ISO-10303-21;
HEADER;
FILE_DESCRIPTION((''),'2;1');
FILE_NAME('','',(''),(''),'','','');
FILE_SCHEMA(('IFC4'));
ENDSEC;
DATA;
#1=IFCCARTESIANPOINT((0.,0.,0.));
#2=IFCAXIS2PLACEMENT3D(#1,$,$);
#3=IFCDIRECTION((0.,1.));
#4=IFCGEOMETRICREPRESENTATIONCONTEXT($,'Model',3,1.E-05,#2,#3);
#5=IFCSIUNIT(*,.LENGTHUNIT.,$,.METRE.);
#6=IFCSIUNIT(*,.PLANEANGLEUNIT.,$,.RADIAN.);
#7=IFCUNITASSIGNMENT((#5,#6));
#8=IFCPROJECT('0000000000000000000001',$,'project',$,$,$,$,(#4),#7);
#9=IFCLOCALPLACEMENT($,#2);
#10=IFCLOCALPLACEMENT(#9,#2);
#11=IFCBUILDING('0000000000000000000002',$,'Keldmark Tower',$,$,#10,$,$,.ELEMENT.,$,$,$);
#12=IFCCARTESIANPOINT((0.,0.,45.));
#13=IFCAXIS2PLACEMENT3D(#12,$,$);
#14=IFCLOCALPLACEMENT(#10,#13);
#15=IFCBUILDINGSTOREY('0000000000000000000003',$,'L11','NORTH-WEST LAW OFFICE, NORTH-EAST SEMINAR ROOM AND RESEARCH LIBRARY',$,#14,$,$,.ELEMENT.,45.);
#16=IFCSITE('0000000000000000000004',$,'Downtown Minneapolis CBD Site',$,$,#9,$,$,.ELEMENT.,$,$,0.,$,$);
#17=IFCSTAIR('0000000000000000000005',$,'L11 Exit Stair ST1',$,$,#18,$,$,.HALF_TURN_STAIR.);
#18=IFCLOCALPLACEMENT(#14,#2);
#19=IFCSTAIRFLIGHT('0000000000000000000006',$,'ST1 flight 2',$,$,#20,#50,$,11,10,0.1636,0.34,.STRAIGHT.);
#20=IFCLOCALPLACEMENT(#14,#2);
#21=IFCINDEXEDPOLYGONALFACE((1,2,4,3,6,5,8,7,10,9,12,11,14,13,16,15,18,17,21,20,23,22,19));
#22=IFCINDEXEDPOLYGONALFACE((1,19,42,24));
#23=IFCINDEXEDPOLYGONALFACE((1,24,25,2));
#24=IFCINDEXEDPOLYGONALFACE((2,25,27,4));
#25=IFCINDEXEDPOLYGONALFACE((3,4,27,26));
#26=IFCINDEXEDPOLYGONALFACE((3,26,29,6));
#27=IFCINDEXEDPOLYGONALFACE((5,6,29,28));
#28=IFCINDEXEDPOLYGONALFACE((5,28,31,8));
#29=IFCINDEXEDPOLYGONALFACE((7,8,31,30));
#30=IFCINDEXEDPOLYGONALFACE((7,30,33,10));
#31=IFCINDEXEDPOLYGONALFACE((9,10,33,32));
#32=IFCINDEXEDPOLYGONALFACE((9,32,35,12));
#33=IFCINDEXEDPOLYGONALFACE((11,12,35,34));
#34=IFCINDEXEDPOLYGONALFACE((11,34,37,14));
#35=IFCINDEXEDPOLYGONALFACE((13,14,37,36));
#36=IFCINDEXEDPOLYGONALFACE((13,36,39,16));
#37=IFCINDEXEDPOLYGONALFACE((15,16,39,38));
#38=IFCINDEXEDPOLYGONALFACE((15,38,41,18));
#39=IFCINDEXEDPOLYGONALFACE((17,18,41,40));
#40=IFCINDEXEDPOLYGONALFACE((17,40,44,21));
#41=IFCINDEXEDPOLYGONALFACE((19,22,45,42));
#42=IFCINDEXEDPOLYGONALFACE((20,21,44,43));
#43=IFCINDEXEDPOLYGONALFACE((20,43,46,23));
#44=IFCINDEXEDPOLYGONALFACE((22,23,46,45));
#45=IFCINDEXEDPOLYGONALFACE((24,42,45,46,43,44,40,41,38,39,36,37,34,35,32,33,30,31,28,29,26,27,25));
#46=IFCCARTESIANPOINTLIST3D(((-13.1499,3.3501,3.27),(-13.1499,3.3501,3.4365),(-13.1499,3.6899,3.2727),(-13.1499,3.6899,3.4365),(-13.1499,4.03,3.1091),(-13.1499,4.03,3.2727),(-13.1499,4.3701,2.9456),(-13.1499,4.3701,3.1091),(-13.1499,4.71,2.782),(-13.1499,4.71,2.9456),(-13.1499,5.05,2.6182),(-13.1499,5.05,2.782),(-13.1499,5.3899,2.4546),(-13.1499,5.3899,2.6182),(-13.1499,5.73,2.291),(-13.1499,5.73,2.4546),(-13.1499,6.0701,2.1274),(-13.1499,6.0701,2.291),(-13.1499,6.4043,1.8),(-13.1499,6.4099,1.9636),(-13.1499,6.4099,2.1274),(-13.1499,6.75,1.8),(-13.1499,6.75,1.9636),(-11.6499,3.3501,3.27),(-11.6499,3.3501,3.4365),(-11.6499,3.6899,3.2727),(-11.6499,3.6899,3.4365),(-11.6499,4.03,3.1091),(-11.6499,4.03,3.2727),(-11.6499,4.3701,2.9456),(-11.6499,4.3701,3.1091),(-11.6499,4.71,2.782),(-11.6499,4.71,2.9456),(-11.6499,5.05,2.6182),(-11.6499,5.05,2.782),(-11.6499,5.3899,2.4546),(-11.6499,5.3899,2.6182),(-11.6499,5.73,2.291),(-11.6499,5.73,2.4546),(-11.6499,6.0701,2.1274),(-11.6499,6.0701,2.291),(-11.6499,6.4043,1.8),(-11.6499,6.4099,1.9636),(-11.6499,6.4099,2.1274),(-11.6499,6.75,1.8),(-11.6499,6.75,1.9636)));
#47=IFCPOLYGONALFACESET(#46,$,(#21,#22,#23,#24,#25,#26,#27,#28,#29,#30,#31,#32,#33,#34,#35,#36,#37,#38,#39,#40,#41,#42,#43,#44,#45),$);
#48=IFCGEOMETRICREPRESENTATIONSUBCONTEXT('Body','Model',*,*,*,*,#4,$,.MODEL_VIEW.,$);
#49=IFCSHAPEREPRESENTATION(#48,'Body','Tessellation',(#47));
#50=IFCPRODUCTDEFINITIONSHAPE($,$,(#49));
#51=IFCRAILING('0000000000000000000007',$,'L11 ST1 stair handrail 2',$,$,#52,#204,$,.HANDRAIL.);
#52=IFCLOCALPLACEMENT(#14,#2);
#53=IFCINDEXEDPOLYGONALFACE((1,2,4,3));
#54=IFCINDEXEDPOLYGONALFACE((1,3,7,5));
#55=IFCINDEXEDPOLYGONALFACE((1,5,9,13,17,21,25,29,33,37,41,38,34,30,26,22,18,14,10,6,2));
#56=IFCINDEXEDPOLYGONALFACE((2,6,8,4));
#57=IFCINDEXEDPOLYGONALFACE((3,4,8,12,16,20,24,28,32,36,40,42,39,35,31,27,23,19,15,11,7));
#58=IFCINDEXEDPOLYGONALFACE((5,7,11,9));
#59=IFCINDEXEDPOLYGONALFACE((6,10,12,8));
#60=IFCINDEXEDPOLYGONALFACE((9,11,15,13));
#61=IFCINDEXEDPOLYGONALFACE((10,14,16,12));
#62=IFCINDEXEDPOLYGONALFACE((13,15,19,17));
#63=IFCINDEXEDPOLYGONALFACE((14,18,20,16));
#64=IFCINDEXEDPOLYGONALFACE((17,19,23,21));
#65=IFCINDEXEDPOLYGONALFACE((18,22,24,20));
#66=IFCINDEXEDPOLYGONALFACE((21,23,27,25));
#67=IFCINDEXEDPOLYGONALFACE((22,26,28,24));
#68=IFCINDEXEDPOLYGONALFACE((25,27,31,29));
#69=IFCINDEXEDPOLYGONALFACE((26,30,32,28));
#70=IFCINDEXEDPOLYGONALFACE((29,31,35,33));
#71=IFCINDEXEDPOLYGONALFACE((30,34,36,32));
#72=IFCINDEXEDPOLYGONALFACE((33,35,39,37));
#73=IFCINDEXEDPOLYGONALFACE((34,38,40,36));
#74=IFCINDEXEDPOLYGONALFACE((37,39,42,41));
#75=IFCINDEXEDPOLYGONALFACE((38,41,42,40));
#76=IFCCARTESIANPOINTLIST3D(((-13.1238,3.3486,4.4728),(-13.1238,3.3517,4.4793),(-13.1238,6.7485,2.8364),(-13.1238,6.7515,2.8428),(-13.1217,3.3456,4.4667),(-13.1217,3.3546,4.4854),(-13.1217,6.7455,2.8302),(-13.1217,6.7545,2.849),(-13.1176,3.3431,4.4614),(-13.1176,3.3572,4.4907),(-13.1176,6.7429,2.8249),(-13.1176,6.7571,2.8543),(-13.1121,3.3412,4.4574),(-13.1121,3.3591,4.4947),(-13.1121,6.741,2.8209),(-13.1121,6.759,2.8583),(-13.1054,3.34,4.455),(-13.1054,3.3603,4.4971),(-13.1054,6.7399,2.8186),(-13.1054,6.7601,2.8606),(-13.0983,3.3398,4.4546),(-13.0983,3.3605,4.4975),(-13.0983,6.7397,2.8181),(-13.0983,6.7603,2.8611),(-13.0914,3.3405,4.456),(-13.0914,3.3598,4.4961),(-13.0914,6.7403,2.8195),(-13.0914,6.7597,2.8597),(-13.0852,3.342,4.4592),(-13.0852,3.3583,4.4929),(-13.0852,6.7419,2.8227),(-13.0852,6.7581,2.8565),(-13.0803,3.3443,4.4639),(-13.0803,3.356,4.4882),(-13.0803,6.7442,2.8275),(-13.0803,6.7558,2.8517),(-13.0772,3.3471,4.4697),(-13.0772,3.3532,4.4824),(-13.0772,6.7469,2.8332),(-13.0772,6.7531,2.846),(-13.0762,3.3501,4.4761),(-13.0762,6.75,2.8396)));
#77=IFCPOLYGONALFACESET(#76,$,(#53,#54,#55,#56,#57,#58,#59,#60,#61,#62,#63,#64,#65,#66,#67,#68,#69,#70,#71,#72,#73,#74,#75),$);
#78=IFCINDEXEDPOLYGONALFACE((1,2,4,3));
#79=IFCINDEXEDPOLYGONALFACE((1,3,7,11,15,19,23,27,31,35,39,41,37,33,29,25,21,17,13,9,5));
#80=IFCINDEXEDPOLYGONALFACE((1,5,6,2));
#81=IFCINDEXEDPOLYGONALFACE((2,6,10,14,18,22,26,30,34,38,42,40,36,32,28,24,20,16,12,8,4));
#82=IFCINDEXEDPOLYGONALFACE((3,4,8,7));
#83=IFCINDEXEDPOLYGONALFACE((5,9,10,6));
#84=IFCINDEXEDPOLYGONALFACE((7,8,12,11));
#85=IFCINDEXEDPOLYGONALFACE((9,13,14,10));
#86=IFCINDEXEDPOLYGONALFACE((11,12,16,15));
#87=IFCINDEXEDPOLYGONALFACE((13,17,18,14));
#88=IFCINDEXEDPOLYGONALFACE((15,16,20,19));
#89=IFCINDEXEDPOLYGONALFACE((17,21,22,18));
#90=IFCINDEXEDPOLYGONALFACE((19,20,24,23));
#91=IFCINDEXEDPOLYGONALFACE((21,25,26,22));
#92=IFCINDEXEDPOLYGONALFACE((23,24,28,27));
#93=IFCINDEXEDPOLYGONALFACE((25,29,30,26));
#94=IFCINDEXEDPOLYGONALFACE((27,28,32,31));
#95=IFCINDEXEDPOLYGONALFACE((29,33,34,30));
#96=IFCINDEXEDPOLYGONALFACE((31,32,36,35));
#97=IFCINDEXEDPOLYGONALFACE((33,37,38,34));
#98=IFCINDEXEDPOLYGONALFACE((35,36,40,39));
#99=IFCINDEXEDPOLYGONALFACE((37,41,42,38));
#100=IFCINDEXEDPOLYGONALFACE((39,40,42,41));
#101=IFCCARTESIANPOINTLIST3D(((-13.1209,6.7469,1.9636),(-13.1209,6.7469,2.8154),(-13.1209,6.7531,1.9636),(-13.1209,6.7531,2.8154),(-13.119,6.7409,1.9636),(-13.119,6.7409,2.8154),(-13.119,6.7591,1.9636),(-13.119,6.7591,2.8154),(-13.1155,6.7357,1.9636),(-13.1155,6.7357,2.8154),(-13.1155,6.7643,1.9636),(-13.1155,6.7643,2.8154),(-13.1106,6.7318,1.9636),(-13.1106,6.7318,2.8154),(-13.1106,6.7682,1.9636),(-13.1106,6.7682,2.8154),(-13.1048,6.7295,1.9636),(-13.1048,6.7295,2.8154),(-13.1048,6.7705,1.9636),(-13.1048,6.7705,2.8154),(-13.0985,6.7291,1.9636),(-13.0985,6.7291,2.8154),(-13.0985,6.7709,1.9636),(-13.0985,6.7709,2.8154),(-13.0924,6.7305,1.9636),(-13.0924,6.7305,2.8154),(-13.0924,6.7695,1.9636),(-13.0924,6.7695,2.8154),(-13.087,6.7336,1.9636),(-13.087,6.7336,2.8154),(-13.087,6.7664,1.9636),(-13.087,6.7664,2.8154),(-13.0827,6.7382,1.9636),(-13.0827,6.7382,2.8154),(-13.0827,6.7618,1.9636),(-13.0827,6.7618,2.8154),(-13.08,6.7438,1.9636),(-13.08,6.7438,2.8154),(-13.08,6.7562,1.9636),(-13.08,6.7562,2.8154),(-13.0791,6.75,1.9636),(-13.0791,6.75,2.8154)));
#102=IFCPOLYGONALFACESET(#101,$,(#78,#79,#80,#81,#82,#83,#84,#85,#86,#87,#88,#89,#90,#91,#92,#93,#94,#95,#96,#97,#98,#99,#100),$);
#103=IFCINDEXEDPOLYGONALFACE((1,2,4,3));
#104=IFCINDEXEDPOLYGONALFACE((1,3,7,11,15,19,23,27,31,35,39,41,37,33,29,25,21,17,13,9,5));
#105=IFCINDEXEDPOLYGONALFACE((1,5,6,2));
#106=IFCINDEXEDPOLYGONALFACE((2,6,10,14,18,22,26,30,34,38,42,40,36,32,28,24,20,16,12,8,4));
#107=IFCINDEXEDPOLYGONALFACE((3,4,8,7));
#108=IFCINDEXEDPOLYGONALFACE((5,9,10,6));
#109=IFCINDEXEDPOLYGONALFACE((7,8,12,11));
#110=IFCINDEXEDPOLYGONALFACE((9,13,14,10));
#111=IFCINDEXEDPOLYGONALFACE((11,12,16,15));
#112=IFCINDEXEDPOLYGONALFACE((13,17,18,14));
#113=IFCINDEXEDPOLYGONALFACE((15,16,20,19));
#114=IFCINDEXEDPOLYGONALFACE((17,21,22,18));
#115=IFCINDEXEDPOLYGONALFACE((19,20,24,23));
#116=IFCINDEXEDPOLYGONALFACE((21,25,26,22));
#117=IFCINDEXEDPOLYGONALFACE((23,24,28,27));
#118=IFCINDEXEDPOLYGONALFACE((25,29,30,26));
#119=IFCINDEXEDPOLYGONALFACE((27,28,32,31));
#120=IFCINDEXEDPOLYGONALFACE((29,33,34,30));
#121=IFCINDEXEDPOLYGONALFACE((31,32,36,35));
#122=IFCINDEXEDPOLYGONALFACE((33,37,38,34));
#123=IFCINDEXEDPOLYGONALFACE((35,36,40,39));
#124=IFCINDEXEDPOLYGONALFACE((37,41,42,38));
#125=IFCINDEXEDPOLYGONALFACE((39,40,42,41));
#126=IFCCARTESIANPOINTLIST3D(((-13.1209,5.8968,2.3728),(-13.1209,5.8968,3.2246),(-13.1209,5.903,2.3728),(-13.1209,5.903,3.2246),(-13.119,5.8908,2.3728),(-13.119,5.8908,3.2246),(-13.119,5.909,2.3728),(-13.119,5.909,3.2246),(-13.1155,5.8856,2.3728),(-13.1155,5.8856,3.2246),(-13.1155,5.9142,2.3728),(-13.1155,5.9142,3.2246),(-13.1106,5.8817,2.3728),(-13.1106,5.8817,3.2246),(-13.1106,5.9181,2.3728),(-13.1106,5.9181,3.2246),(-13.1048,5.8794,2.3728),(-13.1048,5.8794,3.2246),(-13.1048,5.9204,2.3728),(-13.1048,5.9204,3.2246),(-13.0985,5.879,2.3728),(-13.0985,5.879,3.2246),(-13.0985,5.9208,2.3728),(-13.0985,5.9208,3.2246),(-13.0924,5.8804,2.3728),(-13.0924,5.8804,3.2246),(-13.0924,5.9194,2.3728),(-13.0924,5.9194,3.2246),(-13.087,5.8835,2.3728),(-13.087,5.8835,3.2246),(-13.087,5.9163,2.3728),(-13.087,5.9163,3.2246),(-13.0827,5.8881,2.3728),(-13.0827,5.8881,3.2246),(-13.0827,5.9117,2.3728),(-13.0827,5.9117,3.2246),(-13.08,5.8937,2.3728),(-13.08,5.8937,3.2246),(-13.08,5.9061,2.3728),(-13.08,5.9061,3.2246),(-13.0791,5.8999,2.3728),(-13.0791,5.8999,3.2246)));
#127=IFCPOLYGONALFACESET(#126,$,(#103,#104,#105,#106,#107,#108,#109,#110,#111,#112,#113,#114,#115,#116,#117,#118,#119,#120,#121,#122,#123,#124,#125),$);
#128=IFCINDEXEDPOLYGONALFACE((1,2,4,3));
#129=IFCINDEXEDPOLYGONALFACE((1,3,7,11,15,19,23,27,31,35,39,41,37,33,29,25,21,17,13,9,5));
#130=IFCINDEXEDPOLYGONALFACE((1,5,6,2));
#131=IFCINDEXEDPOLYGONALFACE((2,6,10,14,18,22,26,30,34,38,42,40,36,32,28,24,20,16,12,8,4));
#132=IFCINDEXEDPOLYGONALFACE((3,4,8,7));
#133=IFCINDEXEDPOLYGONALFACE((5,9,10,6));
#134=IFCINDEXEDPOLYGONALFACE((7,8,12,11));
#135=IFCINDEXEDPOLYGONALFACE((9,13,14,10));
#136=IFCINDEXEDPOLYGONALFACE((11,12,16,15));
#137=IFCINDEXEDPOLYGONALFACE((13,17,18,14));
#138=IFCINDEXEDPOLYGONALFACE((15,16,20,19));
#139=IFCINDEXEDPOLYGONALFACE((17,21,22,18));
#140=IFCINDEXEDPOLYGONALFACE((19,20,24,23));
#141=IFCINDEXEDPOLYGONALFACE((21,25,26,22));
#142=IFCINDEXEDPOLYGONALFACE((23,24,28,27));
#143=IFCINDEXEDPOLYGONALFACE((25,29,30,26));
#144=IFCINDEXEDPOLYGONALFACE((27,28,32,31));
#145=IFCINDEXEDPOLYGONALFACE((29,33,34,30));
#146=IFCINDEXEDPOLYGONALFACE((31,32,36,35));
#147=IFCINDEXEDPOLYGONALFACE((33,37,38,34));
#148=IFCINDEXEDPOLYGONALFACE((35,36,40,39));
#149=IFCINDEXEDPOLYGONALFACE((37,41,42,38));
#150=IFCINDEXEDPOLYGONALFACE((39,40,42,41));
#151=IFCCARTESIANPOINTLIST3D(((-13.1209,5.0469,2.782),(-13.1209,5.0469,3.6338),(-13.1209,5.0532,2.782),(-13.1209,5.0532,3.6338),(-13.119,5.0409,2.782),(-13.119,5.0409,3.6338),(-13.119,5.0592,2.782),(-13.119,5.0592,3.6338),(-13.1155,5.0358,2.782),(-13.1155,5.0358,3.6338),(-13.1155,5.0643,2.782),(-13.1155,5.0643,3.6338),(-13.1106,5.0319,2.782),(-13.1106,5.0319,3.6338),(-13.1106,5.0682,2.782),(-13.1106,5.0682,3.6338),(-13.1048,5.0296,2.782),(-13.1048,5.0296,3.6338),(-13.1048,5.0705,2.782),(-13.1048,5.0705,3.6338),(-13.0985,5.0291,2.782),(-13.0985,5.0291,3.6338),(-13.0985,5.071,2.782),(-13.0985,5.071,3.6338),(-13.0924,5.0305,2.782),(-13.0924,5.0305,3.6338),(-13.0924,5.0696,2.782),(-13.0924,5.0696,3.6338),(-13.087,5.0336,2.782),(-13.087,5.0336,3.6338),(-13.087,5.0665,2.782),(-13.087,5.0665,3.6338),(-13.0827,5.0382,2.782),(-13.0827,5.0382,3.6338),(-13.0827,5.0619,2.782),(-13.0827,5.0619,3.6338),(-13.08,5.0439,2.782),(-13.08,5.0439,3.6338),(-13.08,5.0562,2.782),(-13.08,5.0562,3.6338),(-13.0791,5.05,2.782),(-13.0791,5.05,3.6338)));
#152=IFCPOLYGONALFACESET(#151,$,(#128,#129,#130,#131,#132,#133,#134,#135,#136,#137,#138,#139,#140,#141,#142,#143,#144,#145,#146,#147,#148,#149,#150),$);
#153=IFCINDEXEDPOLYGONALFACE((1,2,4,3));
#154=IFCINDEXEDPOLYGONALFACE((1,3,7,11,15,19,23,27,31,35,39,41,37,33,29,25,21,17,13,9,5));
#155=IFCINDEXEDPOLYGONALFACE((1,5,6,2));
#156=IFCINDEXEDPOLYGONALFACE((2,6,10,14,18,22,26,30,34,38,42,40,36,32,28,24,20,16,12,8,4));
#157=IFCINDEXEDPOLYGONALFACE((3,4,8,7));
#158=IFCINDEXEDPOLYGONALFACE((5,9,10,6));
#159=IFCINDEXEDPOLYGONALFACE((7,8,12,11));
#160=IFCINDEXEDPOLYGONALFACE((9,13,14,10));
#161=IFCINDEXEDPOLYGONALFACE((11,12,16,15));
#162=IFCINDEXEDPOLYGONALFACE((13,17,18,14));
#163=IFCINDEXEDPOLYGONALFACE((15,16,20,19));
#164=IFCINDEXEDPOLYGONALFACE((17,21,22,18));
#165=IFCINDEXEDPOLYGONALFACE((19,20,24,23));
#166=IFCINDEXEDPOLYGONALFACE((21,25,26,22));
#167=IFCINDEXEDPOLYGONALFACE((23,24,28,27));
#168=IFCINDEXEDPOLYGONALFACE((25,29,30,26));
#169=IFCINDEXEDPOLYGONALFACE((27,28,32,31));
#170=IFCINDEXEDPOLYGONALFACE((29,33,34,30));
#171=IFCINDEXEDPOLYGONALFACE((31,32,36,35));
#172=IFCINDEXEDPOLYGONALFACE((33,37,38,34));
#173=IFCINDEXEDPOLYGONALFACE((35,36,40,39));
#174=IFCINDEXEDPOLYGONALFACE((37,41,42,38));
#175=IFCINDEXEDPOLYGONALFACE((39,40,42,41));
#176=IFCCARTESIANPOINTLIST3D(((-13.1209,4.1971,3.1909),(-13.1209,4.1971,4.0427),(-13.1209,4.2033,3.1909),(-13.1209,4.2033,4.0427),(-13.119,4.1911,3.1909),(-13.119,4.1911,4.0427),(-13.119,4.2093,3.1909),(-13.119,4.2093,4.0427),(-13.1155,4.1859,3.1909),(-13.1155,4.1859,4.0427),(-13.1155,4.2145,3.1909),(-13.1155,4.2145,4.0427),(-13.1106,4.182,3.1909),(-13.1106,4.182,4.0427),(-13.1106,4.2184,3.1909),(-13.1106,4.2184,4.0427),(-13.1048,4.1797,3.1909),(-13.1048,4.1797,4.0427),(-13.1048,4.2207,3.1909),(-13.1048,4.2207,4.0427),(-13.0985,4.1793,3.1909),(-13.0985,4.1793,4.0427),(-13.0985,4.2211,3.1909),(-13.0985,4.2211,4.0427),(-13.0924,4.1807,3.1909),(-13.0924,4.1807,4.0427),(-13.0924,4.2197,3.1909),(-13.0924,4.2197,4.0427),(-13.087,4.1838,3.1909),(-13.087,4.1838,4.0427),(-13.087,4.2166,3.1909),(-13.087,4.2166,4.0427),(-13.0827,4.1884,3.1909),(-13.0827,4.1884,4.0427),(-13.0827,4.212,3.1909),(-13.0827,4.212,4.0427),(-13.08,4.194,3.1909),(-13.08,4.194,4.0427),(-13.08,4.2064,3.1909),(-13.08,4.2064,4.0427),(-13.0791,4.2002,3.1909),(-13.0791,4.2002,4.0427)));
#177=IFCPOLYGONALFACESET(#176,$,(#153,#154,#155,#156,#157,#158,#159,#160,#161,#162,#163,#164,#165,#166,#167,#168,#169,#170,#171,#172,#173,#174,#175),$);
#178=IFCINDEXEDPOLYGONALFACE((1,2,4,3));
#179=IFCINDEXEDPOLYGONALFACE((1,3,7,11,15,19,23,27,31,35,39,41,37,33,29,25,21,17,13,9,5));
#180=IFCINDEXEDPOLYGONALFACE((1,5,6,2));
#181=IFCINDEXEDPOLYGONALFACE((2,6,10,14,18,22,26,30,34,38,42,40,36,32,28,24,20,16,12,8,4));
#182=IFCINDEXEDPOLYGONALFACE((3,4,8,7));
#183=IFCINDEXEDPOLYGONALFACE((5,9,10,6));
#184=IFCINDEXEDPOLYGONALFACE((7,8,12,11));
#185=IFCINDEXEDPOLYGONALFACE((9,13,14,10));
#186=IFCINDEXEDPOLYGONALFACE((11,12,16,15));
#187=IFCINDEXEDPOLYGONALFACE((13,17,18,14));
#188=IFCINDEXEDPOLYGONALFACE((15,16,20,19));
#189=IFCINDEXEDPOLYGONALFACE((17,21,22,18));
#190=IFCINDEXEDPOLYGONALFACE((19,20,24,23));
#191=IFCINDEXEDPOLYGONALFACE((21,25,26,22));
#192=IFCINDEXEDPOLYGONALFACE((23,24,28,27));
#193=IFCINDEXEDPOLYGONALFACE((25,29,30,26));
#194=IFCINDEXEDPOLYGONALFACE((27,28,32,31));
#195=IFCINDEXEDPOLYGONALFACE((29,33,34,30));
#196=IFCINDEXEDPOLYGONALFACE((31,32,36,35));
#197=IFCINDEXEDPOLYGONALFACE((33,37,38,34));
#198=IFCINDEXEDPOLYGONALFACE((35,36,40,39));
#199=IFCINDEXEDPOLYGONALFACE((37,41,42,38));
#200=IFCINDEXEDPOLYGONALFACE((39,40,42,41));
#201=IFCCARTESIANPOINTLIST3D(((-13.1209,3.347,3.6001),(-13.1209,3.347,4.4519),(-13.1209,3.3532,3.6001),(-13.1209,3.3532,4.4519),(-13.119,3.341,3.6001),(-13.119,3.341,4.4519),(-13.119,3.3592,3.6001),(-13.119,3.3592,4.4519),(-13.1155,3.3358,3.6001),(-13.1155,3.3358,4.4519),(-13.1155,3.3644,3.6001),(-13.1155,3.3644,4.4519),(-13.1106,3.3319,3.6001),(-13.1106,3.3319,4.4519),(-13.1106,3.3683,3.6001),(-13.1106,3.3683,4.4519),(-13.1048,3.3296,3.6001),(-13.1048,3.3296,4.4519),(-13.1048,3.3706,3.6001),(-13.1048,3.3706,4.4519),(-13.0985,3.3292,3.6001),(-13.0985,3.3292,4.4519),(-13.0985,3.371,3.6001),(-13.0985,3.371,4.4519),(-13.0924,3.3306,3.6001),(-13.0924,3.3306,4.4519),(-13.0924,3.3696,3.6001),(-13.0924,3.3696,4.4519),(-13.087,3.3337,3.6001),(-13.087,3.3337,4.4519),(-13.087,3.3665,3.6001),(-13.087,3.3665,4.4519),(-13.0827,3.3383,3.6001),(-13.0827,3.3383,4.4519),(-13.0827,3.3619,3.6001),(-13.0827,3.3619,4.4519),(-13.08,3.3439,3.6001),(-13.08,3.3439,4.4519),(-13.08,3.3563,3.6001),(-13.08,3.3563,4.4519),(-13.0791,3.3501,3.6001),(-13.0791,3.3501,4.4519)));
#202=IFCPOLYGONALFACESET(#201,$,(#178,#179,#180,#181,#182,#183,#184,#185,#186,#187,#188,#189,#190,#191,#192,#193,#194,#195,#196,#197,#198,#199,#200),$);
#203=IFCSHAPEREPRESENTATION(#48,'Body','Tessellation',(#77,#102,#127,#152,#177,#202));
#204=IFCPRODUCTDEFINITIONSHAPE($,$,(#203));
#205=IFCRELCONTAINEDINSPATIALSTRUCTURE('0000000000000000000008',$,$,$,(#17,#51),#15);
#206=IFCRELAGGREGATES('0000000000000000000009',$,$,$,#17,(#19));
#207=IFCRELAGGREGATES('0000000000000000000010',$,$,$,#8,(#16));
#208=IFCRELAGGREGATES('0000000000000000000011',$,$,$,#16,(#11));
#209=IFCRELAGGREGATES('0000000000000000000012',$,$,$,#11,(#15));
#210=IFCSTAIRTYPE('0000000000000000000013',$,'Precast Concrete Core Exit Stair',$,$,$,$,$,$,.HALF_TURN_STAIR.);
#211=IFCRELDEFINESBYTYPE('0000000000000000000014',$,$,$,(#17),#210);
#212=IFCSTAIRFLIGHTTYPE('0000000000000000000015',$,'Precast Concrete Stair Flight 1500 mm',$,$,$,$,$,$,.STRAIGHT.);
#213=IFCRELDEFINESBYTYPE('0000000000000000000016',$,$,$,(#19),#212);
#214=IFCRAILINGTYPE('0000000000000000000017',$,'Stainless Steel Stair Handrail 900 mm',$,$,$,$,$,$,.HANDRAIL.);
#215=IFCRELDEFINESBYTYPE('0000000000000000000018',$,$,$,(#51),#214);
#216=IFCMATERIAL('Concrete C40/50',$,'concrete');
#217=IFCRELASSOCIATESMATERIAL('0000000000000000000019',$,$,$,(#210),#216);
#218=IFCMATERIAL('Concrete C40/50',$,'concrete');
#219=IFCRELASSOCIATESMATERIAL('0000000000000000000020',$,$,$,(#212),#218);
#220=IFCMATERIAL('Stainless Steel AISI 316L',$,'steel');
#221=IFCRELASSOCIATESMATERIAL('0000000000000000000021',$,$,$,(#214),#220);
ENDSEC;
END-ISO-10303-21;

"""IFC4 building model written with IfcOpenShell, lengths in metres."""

from ifc_helpers import new_model, si_unit, direction, frame, origin, origin_2d, place, context, subcontext, project, spatial, polyline, circle, outline, extrude, material, type_object, element, aggregate, save


model = new_model("IFC4")

# Units and contexts
model_context = context("Model", 3, precision=1e-05, world=origin(), true_north=direction((0.0, 1.0)))
body_context = subcontext(model_context, "Body", "Model", "MODEL_VIEW")
ifc_project = project(units=[si_unit("LENGTHUNIT", "METRE"), si_unit("PLANEANGLEUNIT", "RADIAN")], contexts=[model_context])

# Site, building, storey
site_placement = place(None, origin())
site = spatial("IfcSite", under=ifc_project, at=site_placement, Name="Downtown Minneapolis CBD Site", CompositionType="ELEMENT", RefElevation=0.0)
building_placement = place(site_placement, origin())
building = spatial("IfcBuilding", under=site, at=building_placement, Name="Keldmark Tower", CompositionType="ELEMENT")
storey_placement = place(building_placement, frame((0.0, 0.0, 45.0)))
storey = spatial("IfcBuildingStorey", under=building, at=storey_placement, Name="L11", Description="NORTH-WEST LAW OFFICE, NORTH-EAST SEMINAR ROOM AND RESEARCH LIBRARY", CompositionType="ELEMENT", Elevation=45.0)

# Stair, stair flight
ifc_material_1 = material(Name="Concrete C40/50", Category="concrete")
stair_type = type_object("IfcStairType", Name="Precast Concrete Core Exit Stair", PredefinedType="HALF_TURN_STAIR", material=ifc_material_1)
stair_placement = place(storey_placement, origin())
stair = element("IfcStair", 1, at=stair_placement, inside=storey, type_object=stair_type, Name="L11 Exit Stair ST1", PredefinedType="HALF_TURN_STAIR")
ifc_material_2 = material(Name="Concrete C40/50", Category="concrete")
stair_flight_type = type_object("IfcStairFlightType", Name="Precast Concrete Stair Flight 1500 mm", PredefinedType="STRAIGHT", material=ifc_material_2)
stair_flight_placement = place(storey_placement, frame((-12.3999, 6.75, 1.8), z_axis=(0.0, 0.0, 1.0), x_axis=(0.0, -1.0, 0.0)))
stair_flight = element("IfcStairFlight", 2, at=stair_flight_placement, type_object=stair_flight_type, Name="ST1 flight 2", NumberOfRisers=11, NumberOfTreads=10, PredefinedType="STRAIGHT", RiserHeight=0.1636, TreadLength=0.34, context=body_context, shape_type="SweptSolid", body=[
    extrude(outline(polyline([(0.0, 0.0), (0.0, 0.1636), (0.3401, 0.1636), (0.3401, 0.3274), (0.6799, 0.3274), (0.6799, 0.491), (1.02, 0.491), (1.02, 0.6545), (1.3601, 0.6545), (1.3601, 0.8181), (1.7, 0.8181), (1.7, 0.9819), (2.04, 0.9819), (2.04, 1.1455), (2.3799, 1.1455), (2.3799, 1.3091), (2.72, 1.3091), (2.72, 1.4727), (3.0601, 1.4727), (3.0601, 1.6365), (3.3999, 1.6365), (3.3999, 1.8), (3.3999, 1.47), (0.3457, 0.0), (0.0, 0.0)])), frame((0.0, 0.75, 0.0), z_axis=(0.0, -1.0, 0.0), x_axis=(1.0, 0.0, 0.0)), (0.0, 0.0, 1.0), 1.5),
])
aggregate(stair, [stair_flight])

# Railing
ifc_material_3 = material(Name="Stainless Steel AISI 316L", Category="steel")
railing_type = type_object("IfcRailingType", Name="Stainless Steel Stair Handrail 900 mm", PredefinedType="HANDRAIL", material=ifc_material_3)
railing_placement = place(storey_placement, frame((-13.1001, 6.75, 1.9636)))
element("IfcRailing", 3, at=railing_placement, inside=storey, type_object=railing_type, Name="L11 ST1 stair handrail 2", PredefinedType="HANDRAIL", context=body_context, shape_type="SweptSolid", body=[
    extrude(circle(Radius=0.0239, at=origin_2d()), frame((0.0, 0.0, 0.876), z_axis=(0.0, -0.901055, 0.433705), x_axis=(1.0, 0.0, 0.0)), (0.0, 0.0, 1.0), 3.7732),
    extrude(circle(Radius=0.021, at=origin_2d()), origin(), (0.0, 0.0, 1.0), 0.8518),
    extrude(circle(Radius=0.021, at=origin_2d()), frame((0.0, -0.8501, 0.4092)), (0.0, 0.0, 1.0), 0.8518),
    extrude(circle(Radius=0.021, at=origin_2d()), frame((0.0, -1.7, 0.8184)), (0.0, 0.0, 1.0), 0.8518),
    extrude(circle(Radius=0.021, at=origin_2d()), frame((0.0, -2.5498, 1.2273)), (0.0, 0.0, 1.0), 0.8518),
    extrude(circle(Radius=0.021, at=origin_2d()), frame((0.0, -3.3999, 1.6365)), (0.0, 0.0, 1.0), 0.8518),
])

save(model, "model.ifc")
